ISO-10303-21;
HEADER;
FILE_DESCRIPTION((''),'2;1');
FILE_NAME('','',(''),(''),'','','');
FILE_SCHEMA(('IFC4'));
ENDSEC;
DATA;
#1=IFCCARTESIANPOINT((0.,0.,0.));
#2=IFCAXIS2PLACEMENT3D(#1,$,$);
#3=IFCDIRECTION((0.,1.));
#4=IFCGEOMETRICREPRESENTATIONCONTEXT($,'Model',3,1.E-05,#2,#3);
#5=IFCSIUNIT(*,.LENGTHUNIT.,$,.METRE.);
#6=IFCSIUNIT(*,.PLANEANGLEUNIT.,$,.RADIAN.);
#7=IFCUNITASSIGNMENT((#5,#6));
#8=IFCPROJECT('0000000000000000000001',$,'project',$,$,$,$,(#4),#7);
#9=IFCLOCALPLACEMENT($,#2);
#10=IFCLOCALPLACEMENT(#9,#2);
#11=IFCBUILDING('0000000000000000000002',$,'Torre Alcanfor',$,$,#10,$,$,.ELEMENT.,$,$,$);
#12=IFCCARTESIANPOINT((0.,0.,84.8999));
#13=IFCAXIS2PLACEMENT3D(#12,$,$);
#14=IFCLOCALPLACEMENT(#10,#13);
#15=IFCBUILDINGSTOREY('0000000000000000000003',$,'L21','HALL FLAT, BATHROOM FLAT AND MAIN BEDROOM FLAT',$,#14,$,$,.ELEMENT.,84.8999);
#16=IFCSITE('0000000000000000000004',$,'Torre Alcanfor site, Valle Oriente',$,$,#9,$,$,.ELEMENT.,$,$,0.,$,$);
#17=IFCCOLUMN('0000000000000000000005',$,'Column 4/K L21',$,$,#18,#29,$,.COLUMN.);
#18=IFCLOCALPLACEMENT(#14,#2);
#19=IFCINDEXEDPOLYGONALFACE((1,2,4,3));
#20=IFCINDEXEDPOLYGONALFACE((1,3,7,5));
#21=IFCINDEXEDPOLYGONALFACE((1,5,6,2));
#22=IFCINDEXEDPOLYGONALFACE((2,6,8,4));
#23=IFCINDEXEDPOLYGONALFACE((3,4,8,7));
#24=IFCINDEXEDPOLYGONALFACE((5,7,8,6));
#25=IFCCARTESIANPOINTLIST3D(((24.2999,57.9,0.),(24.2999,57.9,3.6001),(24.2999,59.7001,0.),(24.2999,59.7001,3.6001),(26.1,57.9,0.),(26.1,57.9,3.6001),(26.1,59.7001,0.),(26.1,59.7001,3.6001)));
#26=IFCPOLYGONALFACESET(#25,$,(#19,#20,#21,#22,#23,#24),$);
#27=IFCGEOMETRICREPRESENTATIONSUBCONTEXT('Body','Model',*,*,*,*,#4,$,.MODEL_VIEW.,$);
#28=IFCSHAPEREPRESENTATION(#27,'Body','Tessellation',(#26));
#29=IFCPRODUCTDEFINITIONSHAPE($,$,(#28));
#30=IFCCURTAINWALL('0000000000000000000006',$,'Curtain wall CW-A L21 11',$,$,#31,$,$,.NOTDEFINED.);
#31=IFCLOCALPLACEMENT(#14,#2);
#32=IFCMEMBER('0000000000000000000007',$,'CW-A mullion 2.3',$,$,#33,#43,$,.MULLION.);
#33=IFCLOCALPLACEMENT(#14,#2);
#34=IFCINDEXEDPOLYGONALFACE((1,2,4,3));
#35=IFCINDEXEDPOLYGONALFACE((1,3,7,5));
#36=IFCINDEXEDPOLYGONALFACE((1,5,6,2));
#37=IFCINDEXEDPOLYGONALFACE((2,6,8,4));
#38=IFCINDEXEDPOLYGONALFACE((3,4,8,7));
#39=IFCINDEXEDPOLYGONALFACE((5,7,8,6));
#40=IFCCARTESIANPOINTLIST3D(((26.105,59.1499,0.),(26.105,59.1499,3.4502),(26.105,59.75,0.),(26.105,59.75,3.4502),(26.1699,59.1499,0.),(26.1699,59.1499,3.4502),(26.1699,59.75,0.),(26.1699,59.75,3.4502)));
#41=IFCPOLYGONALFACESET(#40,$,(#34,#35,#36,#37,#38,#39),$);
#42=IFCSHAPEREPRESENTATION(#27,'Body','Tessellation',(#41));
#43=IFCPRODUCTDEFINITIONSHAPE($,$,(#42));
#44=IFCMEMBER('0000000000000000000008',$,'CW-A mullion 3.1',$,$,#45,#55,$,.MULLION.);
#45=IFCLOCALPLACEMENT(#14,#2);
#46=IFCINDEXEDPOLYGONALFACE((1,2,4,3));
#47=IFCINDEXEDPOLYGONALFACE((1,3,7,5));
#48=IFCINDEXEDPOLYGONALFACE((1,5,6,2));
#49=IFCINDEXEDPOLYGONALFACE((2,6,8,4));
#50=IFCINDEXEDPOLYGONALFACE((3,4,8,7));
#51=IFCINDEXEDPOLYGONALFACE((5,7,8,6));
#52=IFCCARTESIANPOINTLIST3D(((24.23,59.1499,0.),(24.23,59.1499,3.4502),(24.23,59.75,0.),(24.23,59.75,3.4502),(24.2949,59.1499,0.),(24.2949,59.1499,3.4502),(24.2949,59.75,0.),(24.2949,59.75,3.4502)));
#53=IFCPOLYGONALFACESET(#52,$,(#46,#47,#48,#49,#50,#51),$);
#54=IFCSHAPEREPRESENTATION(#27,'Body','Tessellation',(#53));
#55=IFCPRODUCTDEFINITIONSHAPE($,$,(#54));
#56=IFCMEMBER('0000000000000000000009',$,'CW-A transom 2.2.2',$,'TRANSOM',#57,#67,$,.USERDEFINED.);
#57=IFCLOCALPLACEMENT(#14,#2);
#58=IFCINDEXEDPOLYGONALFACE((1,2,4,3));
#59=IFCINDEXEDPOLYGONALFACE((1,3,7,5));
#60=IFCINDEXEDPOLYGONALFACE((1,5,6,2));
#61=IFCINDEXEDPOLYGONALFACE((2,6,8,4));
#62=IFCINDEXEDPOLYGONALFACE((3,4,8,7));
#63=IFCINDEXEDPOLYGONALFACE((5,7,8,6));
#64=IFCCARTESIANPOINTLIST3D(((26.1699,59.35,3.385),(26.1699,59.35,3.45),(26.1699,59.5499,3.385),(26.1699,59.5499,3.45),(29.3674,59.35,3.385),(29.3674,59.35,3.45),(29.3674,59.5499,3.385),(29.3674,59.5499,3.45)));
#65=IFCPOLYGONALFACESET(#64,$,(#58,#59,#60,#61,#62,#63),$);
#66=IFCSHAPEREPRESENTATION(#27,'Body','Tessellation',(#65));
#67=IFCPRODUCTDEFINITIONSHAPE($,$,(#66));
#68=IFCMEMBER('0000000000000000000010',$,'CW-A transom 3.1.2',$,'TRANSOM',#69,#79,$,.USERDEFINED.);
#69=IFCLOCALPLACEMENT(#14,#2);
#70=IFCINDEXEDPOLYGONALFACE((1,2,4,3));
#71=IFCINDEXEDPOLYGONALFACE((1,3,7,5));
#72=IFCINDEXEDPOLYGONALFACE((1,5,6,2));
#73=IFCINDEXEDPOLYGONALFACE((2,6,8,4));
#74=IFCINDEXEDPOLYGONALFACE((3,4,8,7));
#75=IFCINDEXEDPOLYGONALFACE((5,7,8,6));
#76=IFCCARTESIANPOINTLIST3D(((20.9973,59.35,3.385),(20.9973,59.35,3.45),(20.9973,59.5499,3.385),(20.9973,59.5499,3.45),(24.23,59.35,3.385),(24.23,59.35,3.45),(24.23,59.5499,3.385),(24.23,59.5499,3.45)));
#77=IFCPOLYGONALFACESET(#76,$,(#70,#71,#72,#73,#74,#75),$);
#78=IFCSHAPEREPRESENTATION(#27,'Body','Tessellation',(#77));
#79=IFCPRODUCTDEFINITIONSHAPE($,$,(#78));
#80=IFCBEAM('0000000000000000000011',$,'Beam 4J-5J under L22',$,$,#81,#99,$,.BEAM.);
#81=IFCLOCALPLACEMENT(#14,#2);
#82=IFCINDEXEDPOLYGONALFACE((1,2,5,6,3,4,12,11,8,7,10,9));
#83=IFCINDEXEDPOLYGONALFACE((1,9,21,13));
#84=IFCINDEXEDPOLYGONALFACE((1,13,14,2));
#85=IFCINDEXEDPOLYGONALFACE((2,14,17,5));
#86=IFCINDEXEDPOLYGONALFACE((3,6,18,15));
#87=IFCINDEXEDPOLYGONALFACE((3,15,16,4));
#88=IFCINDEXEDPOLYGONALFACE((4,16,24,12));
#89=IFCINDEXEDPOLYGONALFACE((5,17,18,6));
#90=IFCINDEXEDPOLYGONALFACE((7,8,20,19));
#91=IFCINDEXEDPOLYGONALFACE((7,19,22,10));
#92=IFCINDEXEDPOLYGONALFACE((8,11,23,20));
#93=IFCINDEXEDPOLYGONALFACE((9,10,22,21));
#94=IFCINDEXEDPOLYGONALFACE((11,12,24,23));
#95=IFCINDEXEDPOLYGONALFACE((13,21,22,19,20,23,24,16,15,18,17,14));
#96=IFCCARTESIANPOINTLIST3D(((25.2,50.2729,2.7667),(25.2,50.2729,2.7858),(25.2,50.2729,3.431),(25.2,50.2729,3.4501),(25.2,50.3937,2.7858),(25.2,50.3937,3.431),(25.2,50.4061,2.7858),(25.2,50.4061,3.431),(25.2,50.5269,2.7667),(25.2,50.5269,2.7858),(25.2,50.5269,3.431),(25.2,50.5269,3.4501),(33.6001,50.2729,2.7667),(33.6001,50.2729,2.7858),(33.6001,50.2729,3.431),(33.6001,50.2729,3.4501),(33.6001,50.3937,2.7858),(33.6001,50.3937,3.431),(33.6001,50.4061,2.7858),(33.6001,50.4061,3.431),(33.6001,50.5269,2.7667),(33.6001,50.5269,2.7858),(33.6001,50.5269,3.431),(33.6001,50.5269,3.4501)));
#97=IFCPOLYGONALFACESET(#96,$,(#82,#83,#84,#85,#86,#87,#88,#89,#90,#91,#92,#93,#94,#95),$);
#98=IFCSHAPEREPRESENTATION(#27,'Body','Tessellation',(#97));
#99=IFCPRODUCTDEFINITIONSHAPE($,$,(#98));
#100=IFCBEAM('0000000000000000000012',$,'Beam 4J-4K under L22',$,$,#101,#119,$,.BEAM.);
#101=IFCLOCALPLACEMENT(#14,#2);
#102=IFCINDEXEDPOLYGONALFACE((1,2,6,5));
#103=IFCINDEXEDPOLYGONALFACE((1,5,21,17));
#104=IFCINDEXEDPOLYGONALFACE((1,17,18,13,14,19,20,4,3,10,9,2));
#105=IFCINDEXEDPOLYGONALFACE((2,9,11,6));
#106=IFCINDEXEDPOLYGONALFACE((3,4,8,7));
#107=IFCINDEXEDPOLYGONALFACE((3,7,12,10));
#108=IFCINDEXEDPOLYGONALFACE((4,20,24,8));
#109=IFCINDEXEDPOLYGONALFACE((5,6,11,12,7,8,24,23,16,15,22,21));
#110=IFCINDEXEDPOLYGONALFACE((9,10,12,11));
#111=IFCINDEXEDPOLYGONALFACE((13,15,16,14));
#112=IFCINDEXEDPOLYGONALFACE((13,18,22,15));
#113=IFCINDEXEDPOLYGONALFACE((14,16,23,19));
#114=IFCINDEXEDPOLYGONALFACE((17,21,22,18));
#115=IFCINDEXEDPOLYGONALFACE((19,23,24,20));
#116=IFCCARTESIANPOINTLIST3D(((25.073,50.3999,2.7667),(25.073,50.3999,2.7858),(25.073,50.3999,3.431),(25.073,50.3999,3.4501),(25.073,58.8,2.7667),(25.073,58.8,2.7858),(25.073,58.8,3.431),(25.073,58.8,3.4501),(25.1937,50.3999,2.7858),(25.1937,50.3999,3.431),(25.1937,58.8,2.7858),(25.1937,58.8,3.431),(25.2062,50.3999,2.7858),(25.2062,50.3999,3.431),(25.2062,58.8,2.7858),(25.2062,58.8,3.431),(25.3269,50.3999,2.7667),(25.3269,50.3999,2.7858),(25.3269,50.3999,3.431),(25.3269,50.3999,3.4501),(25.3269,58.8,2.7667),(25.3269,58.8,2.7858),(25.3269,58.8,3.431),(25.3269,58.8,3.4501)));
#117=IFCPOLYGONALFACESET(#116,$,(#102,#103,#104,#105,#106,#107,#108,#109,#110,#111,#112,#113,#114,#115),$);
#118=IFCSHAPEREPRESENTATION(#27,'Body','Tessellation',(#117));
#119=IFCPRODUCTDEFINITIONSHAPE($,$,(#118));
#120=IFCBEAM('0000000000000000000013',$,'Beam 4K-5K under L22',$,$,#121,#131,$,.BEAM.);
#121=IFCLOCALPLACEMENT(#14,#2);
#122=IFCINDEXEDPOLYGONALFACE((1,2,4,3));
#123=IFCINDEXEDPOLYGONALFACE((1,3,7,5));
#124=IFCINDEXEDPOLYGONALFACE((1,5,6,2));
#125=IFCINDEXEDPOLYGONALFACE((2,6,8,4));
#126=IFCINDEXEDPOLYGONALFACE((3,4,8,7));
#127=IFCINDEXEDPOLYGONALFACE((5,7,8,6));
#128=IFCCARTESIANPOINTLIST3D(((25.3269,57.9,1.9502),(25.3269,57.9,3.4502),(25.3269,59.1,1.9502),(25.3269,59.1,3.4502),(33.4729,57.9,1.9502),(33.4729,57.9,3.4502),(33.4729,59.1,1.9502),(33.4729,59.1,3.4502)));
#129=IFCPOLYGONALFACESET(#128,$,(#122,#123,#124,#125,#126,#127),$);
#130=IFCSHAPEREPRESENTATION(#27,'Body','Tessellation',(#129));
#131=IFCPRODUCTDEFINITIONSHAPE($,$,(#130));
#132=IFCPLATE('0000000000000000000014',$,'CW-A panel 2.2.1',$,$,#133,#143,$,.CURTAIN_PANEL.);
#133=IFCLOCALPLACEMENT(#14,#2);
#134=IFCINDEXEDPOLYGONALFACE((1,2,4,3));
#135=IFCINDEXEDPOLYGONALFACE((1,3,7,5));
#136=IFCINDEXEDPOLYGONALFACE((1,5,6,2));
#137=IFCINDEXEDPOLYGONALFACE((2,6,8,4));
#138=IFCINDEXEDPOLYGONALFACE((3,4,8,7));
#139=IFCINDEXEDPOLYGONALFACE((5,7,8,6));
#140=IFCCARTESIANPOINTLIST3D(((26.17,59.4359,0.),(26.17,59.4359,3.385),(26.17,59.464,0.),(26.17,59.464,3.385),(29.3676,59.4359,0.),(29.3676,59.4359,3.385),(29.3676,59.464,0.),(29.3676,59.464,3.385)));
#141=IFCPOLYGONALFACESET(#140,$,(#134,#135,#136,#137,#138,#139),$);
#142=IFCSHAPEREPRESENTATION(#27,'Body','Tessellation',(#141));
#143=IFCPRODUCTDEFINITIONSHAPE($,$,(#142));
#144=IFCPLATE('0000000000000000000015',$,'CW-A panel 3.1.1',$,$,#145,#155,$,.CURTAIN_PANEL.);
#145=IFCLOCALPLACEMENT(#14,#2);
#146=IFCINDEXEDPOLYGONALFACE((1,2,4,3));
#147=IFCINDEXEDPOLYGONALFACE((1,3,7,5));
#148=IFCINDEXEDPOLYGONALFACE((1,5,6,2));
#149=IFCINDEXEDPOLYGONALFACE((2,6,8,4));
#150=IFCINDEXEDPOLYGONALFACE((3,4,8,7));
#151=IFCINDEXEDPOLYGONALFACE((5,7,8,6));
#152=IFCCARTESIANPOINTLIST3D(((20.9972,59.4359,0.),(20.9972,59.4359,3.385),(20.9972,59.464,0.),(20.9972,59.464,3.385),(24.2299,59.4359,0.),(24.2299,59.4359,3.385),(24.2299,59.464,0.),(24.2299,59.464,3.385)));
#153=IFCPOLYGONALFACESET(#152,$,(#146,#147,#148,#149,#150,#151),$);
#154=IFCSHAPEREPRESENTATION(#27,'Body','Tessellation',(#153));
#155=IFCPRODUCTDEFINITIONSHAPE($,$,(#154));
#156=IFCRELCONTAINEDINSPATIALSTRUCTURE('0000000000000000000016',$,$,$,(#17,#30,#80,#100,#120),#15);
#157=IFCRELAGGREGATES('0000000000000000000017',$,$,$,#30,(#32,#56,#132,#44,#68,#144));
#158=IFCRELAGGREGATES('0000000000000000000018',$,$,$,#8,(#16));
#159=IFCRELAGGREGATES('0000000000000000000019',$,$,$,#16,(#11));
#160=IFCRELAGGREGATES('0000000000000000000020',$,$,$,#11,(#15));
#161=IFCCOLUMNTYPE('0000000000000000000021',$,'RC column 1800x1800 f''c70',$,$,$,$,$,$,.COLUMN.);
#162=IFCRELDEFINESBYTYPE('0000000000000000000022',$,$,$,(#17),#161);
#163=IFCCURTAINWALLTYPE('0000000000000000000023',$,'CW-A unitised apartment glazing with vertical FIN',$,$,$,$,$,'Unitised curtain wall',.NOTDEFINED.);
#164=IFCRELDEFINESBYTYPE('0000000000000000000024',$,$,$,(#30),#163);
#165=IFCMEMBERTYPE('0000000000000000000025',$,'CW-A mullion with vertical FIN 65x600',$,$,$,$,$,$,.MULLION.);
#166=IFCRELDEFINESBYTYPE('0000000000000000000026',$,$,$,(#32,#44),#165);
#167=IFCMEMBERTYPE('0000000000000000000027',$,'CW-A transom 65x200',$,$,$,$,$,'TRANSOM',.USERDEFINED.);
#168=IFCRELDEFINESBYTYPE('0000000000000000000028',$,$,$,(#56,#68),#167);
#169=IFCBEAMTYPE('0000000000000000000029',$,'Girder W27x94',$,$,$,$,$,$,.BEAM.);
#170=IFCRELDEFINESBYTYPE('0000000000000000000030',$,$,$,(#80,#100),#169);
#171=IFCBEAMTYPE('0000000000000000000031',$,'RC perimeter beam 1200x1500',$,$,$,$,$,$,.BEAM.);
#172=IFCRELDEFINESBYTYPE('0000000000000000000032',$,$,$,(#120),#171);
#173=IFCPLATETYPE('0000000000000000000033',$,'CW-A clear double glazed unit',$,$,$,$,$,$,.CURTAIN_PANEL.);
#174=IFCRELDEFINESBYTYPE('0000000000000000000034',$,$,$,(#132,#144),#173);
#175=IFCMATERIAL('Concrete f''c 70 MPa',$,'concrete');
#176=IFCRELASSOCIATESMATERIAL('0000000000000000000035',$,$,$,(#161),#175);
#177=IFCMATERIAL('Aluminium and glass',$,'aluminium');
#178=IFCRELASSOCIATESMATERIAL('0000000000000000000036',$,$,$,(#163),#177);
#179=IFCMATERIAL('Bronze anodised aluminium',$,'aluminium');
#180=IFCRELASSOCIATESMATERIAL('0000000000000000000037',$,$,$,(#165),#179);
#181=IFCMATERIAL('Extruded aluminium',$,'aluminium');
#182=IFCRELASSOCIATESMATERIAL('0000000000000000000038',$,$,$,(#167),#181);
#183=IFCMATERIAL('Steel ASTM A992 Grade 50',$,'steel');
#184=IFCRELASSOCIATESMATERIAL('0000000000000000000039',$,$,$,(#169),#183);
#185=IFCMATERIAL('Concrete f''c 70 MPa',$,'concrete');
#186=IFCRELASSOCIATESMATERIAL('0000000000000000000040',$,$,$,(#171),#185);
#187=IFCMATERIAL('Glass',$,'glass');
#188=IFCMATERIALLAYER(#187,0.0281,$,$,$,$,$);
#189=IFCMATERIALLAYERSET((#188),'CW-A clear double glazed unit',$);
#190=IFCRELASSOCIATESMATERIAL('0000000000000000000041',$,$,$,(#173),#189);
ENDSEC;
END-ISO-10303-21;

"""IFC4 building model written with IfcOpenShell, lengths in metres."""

from ifc_helpers import new_model, si_unit, direction, frame, origin, origin_2d, place, context, subcontext, project, spatial, rectangle, i_section, extrude, material, layer, layer_set, material_profile, profile_set, type_object, element, aggregate, save


model = new_model("IFC4")

# Units and contexts
model_context = context("Model", 3, precision=1e-05, world=origin(), true_north=direction((0.0, 1.0)))
body_context = subcontext(model_context, "Body", "Model", "MODEL_VIEW")
ifc_project = project(units=[si_unit("LENGTHUNIT", "METRE"), si_unit("PLANEANGLEUNIT", "RADIAN")], contexts=[model_context])

# Site, building, storey
site_placement = place(None, origin())
site = spatial("IfcSite", under=ifc_project, at=site_placement, Name="Torre Alcanfor site, Valle Oriente", CompositionType="ELEMENT", RefElevation=0.0)
building_placement = place(site_placement, origin())
building = spatial("IfcBuilding", under=site, at=building_placement, Name="Torre Alcanfor", CompositionType="ELEMENT")
storey_placement = place(building_placement, frame((0.0, 0.0, 84.8999)))
storey = spatial("IfcBuildingStorey", under=building, at=storey_placement, Name="L21", Description="HALL FLAT, BATHROOM FLAT AND MAIN BEDROOM FLAT", CompositionType="ELEMENT", Elevation=84.8999)

# Column
ifc_material_1 = material(Name="Concrete f'c 70 MPa", Category="concrete")
ifc_material_profile_1 = material_profile(ifc_material_1, rectangle(XDim=1.8, YDim=1.8, at=origin_2d()), Name="1800x1800")
ifc_profile_set_1 = profile_set([ifc_material_profile_1], Name="Concrete f'c 70 MPa")
column_type = type_object("IfcColumnType", Name="RC column 1800x1800 f'c70", PredefinedType="COLUMN", material=ifc_profile_set_1)
column_placement = place(storey_placement, frame((25.2, 58.8, 0.0), z_axis=(0.0, 0.0, 1.0), x_axis=(1.0, 0.0, 0.0)))
element("IfcColumn", 1, at=column_placement, inside=storey, type_object=column_type, Name="Column 4/K L21", PredefinedType="COLUMN", context=body_context, shape_type="SweptSolid", body=[
    extrude(rectangle(XDim=1.8, YDim=1.8, at=origin_2d()), origin(), (0.0, 0.0, 1.0), 3.6001),
])

# Curtain wall, members
ifc_material_2 = material(Name="Aluminium and glass", Category="aluminium")
curtain_wall_type = type_object("IfcCurtainWallType", Name="CW-A unitised apartment glazing with vertical FIN", ElementType="Unitised curtain wall", PredefinedType="NOTDEFINED", material=ifc_material_2)
curtain_wall_placement = place(storey_placement, origin())
curtain_wall = element("IfcCurtainWall", 2, at=curtain_wall_placement, inside=storey, type_object=curtain_wall_type, Name="Curtain wall CW-A L21 11", PredefinedType="NOTDEFINED")
ifc_material_3 = material(Name="Bronze anodised aluminium", Category="aluminium")
ifc_material_profile_2 = material_profile(ifc_material_3, rectangle(XDim=0.6001, YDim=0.0649, at=origin_2d()), Name="CW-A mullion 65x600")
ifc_profile_set_2 = profile_set([ifc_material_profile_2], Name="Bronze anodised aluminium")
member_type_1 = type_object("IfcMemberType", Name="CW-A mullion with vertical FIN 65x600", PredefinedType="MULLION", material=ifc_profile_set_2)
member_1_placement = place(storey_placement, frame((26.1375, 59.45, 0.0), z_axis=(0.0, 0.0, 1.0), x_axis=(0.0, -1.0, 0.0)))
member_1 = element("IfcMember", 3, at=member_1_placement, type_object=member_type_1, Name="CW-A mullion 2.3", PredefinedType="MULLION", context=body_context, shape_type="SweptSolid", body=[
    extrude(rectangle(XDim=0.6001, YDim=0.0649, at=origin_2d()), origin(), (0.0, 0.0, 1.0), 3.4502),
])
member_2_placement = place(storey_placement, frame((24.2625, 59.45, 0.0), z_axis=(0.0, 0.0, 1.0), x_axis=(0.0, -1.0, 0.0)))
member_2 = element("IfcMember", 4, at=member_2_placement, type_object=member_type_1, Name="CW-A mullion 3.1", PredefinedType="MULLION", context=body_context, shape_type="SweptSolid", body=[
    extrude(rectangle(XDim=0.6001, YDim=0.0649, at=origin_2d()), origin(), (0.0, 0.0, 1.0), 3.4502),
])
ifc_material_4 = material(Name="Extruded aluminium", Category="aluminium")
ifc_material_profile_3 = material_profile(ifc_material_4, rectangle(XDim=0.2, YDim=0.0649, at=origin_2d()), Name="CW-A transom 200x65")
ifc_profile_set_3 = profile_set([ifc_material_profile_3], Name="Extruded aluminium")
member_type_2 = type_object("IfcMemberType", Name="CW-A transom 65x200", ElementType="TRANSOM", PredefinedType="USERDEFINED", material=ifc_profile_set_3)
member_3_placement = place(storey_placement, frame((29.3674, 59.45, 3.4175), z_axis=(-1.0, 0.0, 0.0), x_axis=(0.0, -1.0, 0.0)))
member_3 = element("IfcMember", 5, at=member_3_placement, type_object=member_type_2, Name="CW-A transom 2.2.2", ObjectType="TRANSOM", PredefinedType="USERDEFINED", context=body_context, shape_type="SweptSolid", body=[
    extrude(rectangle(XDim=0.2, YDim=0.0649, at=origin_2d()), origin(), (0.0, 0.0, 1.0), 3.1975),
])
member_4_placement = place(storey_placement, frame((24.23, 59.45, 3.4175), z_axis=(-1.0, 0.0, 0.0), x_axis=(0.0, -1.0, 0.0)))
member_4 = element("IfcMember", 6, at=member_4_placement, type_object=member_type_2, Name="CW-A transom 3.1.2", ObjectType="TRANSOM", PredefinedType="USERDEFINED", context=body_context, shape_type="SweptSolid", body=[
    extrude(rectangle(XDim=0.2, YDim=0.0649, at=origin_2d()), origin(), (0.0, 0.0, 1.0), 3.2327),
])

# Beams
ifc_material_5 = material(Name="Steel ASTM A992 Grade 50", Category="steel")
ifc_material_profile_4 = material_profile(ifc_material_5, i_section(OverallWidth=0.2539, OverallDepth=0.6833, WebThickness=0.0125, FlangeThickness=0.019, at=origin_2d()), Name="W27x94")
ifc_profile_set_4 = profile_set([ifc_material_profile_4], Name="Steel ASTM A992 Grade 50")
beam_type_1 = type_object("IfcBeamType", Name="Girder W27x94", PredefinedType="BEAM", material=ifc_profile_set_4)
for number, where, z_axis, x_axis, name in (
    (7, (25.2, 50.3999, 3.1084), (1.0, 0.0, 0.0), (0.0, 1.0, 0.0), "Beam 4J-5J under L22"),
    (8, (25.2, 50.3999, 3.1084), (0.0, 1.0, 0.0), (-1.0, 0.0, 0.0), "Beam 4J-4K under L22"),
):
    element("IfcBeam", number, at=place(storey_placement, frame(where, z_axis=z_axis, x_axis=x_axis)), inside=storey, type_object=beam_type_1, Name=name, PredefinedType="BEAM", context=body_context, shape_type="SweptSolid", body=[
        extrude(i_section(OverallWidth=0.2539, OverallDepth=0.6833, WebThickness=0.0125, FlangeThickness=0.019, at=origin_2d()), origin(), (0.0, 0.0, 1.0), 8.4001),
    ])
ifc_material_6 = material(Name="Concrete f'c 70 MPa", Category="concrete")
ifc_material_profile_5 = material_profile(ifc_material_6, rectangle(XDim=1.2, YDim=1.5, at=origin_2d()), Name="1200x1500")
ifc_profile_set_5 = profile_set([ifc_material_profile_5], Name="Concrete f'c 70 MPa")
beam_type_2 = type_object("IfcBeamType", Name="RC perimeter beam 1200x1500", PredefinedType="BEAM", material=ifc_profile_set_5)
beam_placement = place(storey_placement, frame((25.3269, 58.5, 2.7002), z_axis=(1.0, 0.0, 0.0), x_axis=(0.0, 1.0, 0.0)))
element("IfcBeam", 9, at=beam_placement, inside=storey, type_object=beam_type_2, Name="Beam 4K-5K under L22", PredefinedType="BEAM", context=body_context, shape_type="SweptSolid", body=[
    extrude(rectangle(XDim=1.2, YDim=1.5, at=origin_2d()), origin(), (0.0, 0.0, 1.0), 8.146),
])

# Plates
ifc_material_7 = material(Name="Glass", Category="glass")
ifc_layer_1 = layer(ifc_material_7, 0.0281)
ifc_layer_set_1 = layer_set([ifc_layer_1], Name="CW-A clear double glazed unit")
plate_type = type_object("IfcPlateType", Name="CW-A clear double glazed unit", PredefinedType="CURTAIN_PANEL", material=ifc_layer_set_1)
plate_1_placement = place(storey_placement, frame((27.7688, 59.45, 0.0), z_axis=(0.0, 0.0, 1.0), x_axis=(-1.0, 0.0, 0.0)))
plate_1 = element("IfcPlate", 10, at=plate_1_placement, type_object=plate_type, Name="CW-A panel 2.2.1", PredefinedType="CURTAIN_PANEL", context=body_context, shape_type="SweptSolid", body=[
    extrude(rectangle(XDim=3.1975, YDim=0.0281, at=origin_2d()), origin(), (0.0, 0.0, 1.0), 3.385),
])
plate_2_placement = place(storey_placement, frame((22.6135, 59.45, 0.0), z_axis=(0.0, 0.0, 1.0), x_axis=(-1.0, 0.0, 0.0)))
plate_2 = element("IfcPlate", 11, at=plate_2_placement, type_object=plate_type, Name="CW-A panel 3.1.1", PredefinedType="CURTAIN_PANEL", context=body_context, shape_type="SweptSolid", body=[
    extrude(rectangle(XDim=3.2327, YDim=0.0281, at=origin_2d()), origin(), (0.0, 0.0, 1.0), 3.385),
])
aggregate(curtain_wall, [member_1, member_3, plate_1, member_2, member_4, plate_2])

save(model, "model.ifc")
